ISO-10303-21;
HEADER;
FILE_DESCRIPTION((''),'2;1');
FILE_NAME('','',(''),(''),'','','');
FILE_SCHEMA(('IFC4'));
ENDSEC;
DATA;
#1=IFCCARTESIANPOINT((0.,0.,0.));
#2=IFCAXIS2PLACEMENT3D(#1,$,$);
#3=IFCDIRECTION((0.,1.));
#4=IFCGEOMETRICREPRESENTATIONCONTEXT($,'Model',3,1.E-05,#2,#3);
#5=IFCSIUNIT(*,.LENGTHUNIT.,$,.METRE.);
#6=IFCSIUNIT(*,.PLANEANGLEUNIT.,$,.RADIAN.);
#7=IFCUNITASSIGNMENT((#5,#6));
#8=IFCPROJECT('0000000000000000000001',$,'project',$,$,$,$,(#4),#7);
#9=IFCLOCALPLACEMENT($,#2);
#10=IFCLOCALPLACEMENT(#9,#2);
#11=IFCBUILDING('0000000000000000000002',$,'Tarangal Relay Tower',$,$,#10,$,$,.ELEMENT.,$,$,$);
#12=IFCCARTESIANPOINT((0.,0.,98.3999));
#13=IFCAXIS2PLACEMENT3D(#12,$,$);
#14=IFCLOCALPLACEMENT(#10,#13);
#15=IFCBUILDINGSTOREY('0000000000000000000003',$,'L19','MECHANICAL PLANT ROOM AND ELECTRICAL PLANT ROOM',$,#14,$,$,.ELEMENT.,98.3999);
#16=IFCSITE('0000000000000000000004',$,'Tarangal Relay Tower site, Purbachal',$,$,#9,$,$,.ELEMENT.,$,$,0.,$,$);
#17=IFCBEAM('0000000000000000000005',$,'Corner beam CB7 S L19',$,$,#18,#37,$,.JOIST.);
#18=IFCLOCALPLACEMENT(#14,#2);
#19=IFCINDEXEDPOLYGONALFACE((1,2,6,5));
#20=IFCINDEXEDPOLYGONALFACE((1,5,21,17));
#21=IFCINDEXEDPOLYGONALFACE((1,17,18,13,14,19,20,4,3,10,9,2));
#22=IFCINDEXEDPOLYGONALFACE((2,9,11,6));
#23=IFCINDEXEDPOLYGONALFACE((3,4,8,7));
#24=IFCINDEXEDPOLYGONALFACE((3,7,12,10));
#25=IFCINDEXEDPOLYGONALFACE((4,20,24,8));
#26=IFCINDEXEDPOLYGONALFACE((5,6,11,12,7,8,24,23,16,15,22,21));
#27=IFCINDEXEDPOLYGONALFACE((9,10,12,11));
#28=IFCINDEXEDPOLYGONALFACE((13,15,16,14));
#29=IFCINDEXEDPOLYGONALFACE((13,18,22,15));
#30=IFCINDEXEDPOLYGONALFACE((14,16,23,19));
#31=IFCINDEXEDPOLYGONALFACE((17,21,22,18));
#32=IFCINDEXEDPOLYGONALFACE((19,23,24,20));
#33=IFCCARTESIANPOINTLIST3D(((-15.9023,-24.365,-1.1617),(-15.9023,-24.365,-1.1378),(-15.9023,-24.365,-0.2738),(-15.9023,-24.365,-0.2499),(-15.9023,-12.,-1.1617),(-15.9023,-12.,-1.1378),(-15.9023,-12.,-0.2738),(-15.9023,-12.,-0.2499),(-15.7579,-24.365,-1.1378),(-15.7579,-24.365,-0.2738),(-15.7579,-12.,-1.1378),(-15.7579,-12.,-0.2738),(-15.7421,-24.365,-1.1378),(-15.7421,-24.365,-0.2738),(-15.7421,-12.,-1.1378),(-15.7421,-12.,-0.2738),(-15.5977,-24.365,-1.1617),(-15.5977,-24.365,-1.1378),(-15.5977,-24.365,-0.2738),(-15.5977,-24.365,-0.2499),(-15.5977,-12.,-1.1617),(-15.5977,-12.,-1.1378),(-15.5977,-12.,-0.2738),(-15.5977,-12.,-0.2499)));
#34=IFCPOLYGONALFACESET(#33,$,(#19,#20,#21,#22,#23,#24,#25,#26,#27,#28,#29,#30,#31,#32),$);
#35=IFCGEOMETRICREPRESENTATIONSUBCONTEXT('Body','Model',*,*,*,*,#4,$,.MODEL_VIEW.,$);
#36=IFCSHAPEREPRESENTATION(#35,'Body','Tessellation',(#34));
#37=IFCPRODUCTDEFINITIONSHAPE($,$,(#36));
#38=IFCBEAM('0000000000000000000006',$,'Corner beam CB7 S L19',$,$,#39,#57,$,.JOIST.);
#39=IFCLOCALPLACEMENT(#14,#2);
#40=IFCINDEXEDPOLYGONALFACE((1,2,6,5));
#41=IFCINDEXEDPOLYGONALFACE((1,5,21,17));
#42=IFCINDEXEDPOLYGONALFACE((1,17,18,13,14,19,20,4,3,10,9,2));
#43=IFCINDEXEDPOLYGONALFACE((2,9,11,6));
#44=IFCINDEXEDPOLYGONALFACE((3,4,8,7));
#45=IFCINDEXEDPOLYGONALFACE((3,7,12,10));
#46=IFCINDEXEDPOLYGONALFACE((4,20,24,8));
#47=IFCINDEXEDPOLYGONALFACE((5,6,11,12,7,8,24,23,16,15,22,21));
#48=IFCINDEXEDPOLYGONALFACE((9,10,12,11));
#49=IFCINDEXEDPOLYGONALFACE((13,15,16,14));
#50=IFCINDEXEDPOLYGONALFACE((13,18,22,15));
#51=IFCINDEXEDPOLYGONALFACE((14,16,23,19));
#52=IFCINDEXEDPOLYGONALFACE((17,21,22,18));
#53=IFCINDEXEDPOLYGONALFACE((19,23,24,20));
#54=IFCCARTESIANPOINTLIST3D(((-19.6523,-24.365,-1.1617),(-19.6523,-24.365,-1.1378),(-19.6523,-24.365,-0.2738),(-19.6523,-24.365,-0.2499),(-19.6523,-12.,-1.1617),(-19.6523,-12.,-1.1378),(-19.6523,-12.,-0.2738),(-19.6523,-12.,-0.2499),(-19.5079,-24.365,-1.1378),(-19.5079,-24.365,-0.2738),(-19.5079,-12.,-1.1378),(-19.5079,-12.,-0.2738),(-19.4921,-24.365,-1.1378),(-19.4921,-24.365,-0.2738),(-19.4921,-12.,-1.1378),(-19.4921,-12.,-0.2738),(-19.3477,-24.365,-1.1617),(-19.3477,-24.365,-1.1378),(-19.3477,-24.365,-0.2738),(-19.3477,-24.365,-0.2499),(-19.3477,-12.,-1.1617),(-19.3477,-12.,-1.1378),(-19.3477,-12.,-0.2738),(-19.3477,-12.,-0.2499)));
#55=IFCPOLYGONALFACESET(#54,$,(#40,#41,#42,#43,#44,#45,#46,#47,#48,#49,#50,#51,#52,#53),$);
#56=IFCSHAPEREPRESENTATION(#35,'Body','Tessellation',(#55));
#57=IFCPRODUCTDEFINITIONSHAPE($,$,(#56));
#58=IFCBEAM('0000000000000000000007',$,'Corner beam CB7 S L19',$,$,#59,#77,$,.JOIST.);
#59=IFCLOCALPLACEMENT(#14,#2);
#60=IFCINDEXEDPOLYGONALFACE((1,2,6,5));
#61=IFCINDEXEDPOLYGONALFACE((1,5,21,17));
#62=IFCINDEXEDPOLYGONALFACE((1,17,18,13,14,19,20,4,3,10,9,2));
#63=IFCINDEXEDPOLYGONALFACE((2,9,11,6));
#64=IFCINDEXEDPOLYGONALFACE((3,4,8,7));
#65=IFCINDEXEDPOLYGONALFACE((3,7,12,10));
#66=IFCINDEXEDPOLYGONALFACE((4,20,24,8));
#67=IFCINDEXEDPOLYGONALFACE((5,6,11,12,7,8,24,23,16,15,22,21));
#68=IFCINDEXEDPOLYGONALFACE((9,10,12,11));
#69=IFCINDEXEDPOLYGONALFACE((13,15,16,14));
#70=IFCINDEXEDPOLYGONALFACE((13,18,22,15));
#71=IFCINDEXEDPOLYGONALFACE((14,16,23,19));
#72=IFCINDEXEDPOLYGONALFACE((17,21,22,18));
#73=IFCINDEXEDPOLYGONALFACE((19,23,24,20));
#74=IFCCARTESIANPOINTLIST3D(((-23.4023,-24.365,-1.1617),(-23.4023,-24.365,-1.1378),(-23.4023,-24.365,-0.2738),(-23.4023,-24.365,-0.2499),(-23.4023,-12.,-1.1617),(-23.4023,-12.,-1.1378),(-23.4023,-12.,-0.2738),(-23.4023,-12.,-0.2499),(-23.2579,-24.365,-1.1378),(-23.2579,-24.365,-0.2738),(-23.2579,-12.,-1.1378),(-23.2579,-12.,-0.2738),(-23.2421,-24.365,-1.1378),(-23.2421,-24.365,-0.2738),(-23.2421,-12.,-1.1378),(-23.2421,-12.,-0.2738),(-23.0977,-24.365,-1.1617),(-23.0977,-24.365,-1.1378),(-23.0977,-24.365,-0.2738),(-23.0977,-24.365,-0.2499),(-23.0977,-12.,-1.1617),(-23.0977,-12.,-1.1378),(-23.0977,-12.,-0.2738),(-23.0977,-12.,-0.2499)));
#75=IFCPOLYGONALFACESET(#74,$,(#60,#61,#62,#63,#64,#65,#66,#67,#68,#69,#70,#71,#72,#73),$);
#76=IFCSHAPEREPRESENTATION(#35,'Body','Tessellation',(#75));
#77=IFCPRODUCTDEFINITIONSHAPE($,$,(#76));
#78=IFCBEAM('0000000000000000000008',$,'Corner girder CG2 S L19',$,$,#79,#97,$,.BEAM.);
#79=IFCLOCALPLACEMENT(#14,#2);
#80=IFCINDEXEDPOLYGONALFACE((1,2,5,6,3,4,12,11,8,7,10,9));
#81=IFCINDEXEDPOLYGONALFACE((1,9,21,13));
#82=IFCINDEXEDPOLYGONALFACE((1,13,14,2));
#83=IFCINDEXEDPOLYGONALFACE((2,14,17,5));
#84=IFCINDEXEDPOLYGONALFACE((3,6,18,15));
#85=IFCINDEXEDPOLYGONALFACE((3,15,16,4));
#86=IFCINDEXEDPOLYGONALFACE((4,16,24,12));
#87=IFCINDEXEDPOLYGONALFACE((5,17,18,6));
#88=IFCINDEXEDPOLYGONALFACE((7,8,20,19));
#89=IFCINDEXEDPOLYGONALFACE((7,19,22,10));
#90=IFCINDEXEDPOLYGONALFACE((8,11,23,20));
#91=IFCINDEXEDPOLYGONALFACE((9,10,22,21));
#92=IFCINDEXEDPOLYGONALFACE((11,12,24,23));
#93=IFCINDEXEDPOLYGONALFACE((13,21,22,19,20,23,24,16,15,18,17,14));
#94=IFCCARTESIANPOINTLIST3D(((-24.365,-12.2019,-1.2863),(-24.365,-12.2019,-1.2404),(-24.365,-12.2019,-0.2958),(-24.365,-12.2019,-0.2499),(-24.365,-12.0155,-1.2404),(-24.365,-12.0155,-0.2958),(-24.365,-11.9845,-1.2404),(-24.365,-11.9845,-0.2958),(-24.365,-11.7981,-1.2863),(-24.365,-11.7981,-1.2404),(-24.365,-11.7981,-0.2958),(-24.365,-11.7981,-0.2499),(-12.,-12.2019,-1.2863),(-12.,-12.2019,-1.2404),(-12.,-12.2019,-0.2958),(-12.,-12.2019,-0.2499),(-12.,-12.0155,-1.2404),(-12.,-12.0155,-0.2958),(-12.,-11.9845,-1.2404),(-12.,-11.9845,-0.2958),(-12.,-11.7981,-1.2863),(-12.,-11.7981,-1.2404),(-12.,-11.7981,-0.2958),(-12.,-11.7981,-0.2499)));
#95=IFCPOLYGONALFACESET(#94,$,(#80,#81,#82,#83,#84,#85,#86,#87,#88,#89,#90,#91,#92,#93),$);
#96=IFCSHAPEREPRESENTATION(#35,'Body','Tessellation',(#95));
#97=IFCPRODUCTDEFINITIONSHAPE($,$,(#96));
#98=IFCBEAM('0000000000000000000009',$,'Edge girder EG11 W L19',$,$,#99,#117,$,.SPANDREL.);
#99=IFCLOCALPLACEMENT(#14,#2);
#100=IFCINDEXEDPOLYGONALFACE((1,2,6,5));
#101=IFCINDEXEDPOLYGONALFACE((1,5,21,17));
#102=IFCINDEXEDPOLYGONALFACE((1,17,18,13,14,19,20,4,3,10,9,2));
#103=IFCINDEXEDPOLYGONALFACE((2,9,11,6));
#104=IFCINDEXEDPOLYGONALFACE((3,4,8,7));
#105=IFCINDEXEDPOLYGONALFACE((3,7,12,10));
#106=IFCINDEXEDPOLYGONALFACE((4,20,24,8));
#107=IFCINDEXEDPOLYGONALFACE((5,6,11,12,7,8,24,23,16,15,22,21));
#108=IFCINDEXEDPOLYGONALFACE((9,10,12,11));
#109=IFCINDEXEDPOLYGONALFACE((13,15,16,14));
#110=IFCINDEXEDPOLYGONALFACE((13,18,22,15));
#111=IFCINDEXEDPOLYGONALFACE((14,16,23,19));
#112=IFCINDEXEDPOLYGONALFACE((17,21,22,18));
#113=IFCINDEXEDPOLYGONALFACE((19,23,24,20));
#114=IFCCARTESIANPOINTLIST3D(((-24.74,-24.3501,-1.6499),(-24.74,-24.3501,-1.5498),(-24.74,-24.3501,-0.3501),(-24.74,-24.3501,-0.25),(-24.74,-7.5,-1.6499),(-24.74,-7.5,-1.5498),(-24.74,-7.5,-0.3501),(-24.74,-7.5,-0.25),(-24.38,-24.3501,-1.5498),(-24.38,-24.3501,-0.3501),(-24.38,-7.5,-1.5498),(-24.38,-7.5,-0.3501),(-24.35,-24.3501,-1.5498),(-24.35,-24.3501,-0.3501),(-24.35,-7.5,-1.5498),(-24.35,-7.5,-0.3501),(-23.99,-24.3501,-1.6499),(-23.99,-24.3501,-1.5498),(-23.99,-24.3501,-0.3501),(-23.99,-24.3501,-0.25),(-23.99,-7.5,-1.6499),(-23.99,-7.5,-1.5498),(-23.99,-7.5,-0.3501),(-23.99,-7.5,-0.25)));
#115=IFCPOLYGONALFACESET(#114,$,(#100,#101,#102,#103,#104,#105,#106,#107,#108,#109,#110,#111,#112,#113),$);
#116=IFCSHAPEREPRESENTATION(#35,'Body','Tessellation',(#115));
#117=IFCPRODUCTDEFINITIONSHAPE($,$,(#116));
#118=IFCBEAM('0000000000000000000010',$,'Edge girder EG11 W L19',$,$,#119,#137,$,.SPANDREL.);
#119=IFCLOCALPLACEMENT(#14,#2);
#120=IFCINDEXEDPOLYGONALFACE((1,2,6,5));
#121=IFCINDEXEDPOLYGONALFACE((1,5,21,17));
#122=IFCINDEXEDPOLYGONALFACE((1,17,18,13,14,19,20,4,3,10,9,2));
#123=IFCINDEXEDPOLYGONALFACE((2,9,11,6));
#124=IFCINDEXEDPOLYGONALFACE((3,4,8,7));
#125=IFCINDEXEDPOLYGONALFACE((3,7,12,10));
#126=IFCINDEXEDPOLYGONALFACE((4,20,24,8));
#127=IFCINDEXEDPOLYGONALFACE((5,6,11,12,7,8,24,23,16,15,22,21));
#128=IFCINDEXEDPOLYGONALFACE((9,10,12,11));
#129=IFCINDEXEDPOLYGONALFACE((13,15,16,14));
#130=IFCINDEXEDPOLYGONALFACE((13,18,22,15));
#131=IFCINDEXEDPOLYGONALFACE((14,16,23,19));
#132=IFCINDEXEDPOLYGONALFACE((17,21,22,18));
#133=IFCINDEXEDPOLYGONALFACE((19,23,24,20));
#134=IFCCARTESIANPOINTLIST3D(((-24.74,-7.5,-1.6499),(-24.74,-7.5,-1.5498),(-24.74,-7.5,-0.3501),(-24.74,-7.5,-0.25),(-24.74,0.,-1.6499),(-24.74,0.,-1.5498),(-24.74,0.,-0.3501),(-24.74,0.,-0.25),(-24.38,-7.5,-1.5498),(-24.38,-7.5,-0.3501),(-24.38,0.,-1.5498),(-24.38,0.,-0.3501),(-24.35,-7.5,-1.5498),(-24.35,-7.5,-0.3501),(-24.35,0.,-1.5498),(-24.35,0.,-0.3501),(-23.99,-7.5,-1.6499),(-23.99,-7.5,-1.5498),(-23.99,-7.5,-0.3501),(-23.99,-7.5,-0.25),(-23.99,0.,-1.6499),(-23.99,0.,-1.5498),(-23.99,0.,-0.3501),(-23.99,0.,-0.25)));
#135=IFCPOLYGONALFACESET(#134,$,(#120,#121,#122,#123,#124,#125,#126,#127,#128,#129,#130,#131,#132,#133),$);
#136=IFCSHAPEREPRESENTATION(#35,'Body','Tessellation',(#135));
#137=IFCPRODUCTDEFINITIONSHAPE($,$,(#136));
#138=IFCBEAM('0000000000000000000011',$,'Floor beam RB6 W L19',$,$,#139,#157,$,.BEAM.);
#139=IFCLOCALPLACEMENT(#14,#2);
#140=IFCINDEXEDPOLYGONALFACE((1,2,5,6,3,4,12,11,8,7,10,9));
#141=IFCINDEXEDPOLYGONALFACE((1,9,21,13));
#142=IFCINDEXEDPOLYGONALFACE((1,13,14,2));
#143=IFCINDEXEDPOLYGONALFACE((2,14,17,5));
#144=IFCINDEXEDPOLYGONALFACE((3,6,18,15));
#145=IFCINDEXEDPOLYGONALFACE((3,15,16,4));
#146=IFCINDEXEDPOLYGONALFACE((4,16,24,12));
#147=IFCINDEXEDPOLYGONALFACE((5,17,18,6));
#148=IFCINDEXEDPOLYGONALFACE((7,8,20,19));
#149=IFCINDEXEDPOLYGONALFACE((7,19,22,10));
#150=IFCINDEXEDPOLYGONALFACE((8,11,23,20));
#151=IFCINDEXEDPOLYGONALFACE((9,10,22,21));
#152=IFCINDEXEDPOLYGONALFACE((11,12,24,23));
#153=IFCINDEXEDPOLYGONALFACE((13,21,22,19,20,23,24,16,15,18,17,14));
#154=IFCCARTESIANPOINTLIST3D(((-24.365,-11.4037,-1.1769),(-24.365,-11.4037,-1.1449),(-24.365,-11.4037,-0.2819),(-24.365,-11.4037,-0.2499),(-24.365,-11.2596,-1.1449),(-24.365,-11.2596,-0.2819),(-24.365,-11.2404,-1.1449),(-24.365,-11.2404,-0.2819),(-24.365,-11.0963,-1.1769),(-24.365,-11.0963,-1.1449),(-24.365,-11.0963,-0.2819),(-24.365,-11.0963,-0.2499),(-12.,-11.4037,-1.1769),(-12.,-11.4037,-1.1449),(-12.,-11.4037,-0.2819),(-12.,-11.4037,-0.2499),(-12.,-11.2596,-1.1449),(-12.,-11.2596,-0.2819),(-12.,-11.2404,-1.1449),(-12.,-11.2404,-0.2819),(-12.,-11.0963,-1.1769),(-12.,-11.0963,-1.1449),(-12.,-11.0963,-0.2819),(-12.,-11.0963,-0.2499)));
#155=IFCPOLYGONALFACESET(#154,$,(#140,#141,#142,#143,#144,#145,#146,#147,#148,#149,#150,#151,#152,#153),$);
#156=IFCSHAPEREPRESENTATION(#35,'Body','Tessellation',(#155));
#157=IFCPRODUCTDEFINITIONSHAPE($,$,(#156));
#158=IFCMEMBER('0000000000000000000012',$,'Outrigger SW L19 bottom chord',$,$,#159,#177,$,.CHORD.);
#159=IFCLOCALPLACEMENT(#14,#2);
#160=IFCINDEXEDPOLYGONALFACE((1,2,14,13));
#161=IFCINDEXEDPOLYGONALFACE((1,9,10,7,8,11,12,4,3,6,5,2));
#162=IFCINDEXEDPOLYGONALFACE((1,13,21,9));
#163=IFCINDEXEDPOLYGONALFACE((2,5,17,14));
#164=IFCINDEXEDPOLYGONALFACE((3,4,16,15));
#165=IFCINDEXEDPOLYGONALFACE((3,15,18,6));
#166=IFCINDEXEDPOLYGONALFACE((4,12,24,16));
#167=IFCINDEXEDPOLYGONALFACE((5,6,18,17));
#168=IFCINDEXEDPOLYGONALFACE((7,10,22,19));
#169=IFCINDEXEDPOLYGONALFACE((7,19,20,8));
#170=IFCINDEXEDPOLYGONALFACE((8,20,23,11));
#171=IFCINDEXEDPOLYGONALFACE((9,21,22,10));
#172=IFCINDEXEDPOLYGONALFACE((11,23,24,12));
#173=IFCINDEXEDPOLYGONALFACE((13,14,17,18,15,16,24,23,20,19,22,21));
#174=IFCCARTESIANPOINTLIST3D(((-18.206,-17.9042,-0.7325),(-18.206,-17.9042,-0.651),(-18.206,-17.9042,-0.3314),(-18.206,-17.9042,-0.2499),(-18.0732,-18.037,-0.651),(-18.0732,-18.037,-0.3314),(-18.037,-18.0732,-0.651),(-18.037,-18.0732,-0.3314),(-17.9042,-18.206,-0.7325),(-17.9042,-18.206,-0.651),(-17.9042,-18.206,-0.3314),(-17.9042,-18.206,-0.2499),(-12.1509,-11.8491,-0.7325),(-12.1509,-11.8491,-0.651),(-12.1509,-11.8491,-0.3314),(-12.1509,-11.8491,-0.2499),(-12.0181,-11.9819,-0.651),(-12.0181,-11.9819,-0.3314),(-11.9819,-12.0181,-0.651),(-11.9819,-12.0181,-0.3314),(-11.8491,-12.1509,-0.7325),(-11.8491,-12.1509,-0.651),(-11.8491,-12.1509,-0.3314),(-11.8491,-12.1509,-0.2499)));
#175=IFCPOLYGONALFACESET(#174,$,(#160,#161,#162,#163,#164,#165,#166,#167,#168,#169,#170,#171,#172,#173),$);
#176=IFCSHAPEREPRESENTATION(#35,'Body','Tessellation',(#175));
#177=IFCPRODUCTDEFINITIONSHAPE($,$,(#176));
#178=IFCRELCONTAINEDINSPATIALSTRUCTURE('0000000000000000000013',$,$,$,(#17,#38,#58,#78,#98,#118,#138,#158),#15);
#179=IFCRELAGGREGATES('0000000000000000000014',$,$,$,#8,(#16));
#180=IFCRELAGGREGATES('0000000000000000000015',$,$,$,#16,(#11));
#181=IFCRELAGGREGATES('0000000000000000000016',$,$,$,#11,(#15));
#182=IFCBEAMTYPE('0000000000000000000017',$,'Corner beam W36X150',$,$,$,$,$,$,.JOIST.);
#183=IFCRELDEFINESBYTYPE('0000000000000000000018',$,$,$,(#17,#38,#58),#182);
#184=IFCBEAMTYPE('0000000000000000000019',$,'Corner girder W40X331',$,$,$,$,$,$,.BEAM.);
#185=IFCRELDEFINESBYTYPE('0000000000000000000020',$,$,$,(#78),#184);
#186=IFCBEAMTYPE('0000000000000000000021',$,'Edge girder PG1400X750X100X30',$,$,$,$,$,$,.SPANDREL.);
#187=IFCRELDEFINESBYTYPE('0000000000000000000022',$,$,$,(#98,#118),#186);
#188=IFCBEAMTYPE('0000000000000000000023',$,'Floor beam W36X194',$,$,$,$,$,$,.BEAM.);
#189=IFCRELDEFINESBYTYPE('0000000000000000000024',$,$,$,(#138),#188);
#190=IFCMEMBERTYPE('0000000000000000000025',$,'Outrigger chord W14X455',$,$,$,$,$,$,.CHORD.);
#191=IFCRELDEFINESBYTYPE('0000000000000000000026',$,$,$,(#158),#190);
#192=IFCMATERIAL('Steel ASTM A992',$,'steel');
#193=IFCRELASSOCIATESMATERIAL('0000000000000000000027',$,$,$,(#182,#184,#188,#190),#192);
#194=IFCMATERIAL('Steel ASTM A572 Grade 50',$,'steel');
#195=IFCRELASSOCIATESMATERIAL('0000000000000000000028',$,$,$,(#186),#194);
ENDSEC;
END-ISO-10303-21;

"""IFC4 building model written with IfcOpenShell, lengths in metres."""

from ifc_helpers import new_model, si_unit, direction, frame, origin, origin_2d, place, context, subcontext, project, spatial, i_section, extrude, material, material_profile, profile_set, type_object, element, save


model = new_model("IFC4")

# Units and contexts
model_context = context("Model", 3, precision=1e-05, world=origin(), true_north=direction((0.0, 1.0)))
body_context = subcontext(model_context, "Body", "Model", "MODEL_VIEW")
ifc_project = project(units=[si_unit("LENGTHUNIT", "METRE"), si_unit("PLANEANGLEUNIT", "RADIAN")], contexts=[model_context])

# Site, building, storey
site_placement = place(None, origin())
site = spatial("IfcSite", under=ifc_project, at=site_placement, Name="Tarangal Relay Tower site, Purbachal", CompositionType="ELEMENT", RefElevation=0.0)
building_placement = place(site_placement, origin())
building = spatial("IfcBuilding", under=site, at=building_placement, Name="Tarangal Relay Tower", CompositionType="ELEMENT")
storey_placement = place(building_placement, frame((0.0, 0.0, 98.3999)))
storey = spatial("IfcBuildingStorey", under=building, at=storey_placement, Name="L19", Description="MECHANICAL PLANT ROOM AND ELECTRICAL PLANT ROOM", CompositionType="ELEMENT", Elevation=98.3999)

# Beams
ifc_material_1 = material(Name="Steel ASTM A992", Category="steel")
ifc_material_profile_1 = material_profile(ifc_material_1, i_section(OverallWidth=0.3047, OverallDepth=0.9119, WebThickness=0.0159, FlangeThickness=0.0239, at=origin_2d()), Name="W36X150")
ifc_profile_set_1 = profile_set([ifc_material_profile_1], Name="Steel ASTM A992")
beam_type_1 = type_object("IfcBeamType", Name="Corner beam W36X150", PredefinedType="JOIST", material=ifc_profile_set_1)
for number, where, z_axis, x_axis, name in (
    (1, (-15.75, -12.0, -0.7058), (0.0, -1.0, 0.0), (1.0, 0.0, 0.0), "Corner beam CB7 S L19"),
    (2, (-19.5, -12.0, -0.7058), (0.0, -1.0, 0.0), (1.0, 0.0, 0.0), "Corner beam CB7 S L19"),
    (3, (-23.25, -12.0, -0.7058), (0.0, -1.0, 0.0), (1.0, 0.0, 0.0), "Corner beam CB7 S L19"),
):
    element("IfcBeam", number, at=place(storey_placement, frame(where, z_axis=z_axis, x_axis=x_axis)), inside=storey, type_object=beam_type_1, Name=name, PredefinedType="JOIST", context=body_context, shape_type="SweptSolid", body=[
        extrude(i_section(OverallWidth=0.3047, OverallDepth=0.9119, WebThickness=0.0159, FlangeThickness=0.0239, at=origin_2d()), origin(), (0.0, 0.0, 1.0), 12.365),
    ])
ifc_material_profile_2 = material_profile(ifc_material_1, i_section(OverallWidth=0.4038, OverallDepth=1.0364, WebThickness=0.031, FlangeThickness=0.0459, at=origin_2d()), Name="W40X331")
ifc_profile_set_2 = profile_set([ifc_material_profile_2], Name="Steel ASTM A992")
beam_type_2 = type_object("IfcBeamType", Name="Corner girder W40X331", PredefinedType="BEAM", material=ifc_profile_set_2)
beam_1_placement = place(storey_placement, frame((-12.0, -12.0, -0.7681), z_axis=(-1.0, 0.0, 0.0), x_axis=(0.0, -1.0, 0.0)))
element("IfcBeam", 4, at=beam_1_placement, inside=storey, type_object=beam_type_2, Name="Corner girder CG2 S L19", PredefinedType="BEAM", context=body_context, shape_type="SweptSolid", body=[
    extrude(i_section(OverallWidth=0.4038, OverallDepth=1.0364, WebThickness=0.031, FlangeThickness=0.0459, at=origin_2d()), origin(), (0.0, 0.0, 1.0), 12.365),
])
ifc_material_2 = material(Name="Steel ASTM A572 Grade 50", Category="steel")
ifc_material_profile_3 = material_profile(ifc_material_2, i_section(OverallWidth=0.75, OverallDepth=1.3999, WebThickness=0.03, FlangeThickness=0.1001, at=origin_2d()), Name="PG1400X750X100X30")
ifc_profile_set_3 = profile_set([ifc_material_profile_3], Name="Steel ASTM A572 Grade 50")
beam_type_3 = type_object("IfcBeamType", Name="Edge girder PG1400X750X100X30", PredefinedType="SPANDREL", material=ifc_profile_set_3)
beam_2_placement = place(storey_placement, frame((-24.365, -24.3501, -0.95), z_axis=(0.0, 1.0, 0.0), x_axis=(-1.0, 0.0, 0.0)))
element("IfcBeam", 5, at=beam_2_placement, inside=storey, type_object=beam_type_3, Name="Edge girder EG11 W L19", PredefinedType="SPANDREL", context=body_context, shape_type="SweptSolid", body=[
    extrude(i_section(OverallWidth=0.75, OverallDepth=1.3999, WebThickness=0.03, FlangeThickness=0.1001, at=origin_2d()), origin(), (0.0, 0.0, 1.0), 16.8501),
])
beam_3_placement = place(storey_placement, frame((-24.365, -7.5, -0.95), z_axis=(0.0, 1.0, 0.0), x_axis=(-1.0, 0.0, 0.0)))
element("IfcBeam", 6, at=beam_3_placement, inside=storey, type_object=beam_type_3, Name="Edge girder EG11 W L19", PredefinedType="SPANDREL", context=body_context, shape_type="SweptSolid", body=[
    extrude(i_section(OverallWidth=0.75, OverallDepth=1.3999, WebThickness=0.03, FlangeThickness=0.1001, at=origin_2d()), origin(), (0.0, 0.0, 1.0), 7.5),
])
ifc_material_profile_4 = material_profile(ifc_material_1, i_section(OverallWidth=0.3074, OverallDepth=0.927, WebThickness=0.0193, FlangeThickness=0.032, at=origin_2d()), Name="W36X194")
ifc_profile_set_4 = profile_set([ifc_material_profile_4], Name="Steel ASTM A992")
beam_type_4 = type_object("IfcBeamType", Name="Floor beam W36X194", PredefinedType="BEAM", material=ifc_profile_set_4)
beam_4_placement = place(storey_placement, frame((-12.0, -11.25, -0.7134), z_axis=(-1.0, 0.0, 0.0), x_axis=(0.0, -1.0, 0.0)))
element("IfcBeam", 7, at=beam_4_placement, inside=storey, type_object=beam_type_4, Name="Floor beam RB6 W L19", PredefinedType="BEAM", context=body_context, shape_type="SweptSolid", body=[
    extrude(i_section(OverallWidth=0.3074, OverallDepth=0.927, WebThickness=0.0193, FlangeThickness=0.032, at=origin_2d()), origin(), (0.0, 0.0, 1.0), 12.365),
])

# Member
ifc_material_profile_5 = material_profile(ifc_material_1, i_section(OverallWidth=0.4268, OverallDepth=0.4827, WebThickness=0.0513, FlangeThickness=0.0815, at=origin_2d()), Name="W14X455")
ifc_profile_set_5 = profile_set([ifc_material_profile_5], Name="Steel ASTM A992")
member_type_1 = type_object("IfcMemberType", Name="Outrigger chord W14X455", PredefinedType="CHORD", material=ifc_profile_set_5)
member_1_placement = place(storey_placement, frame((-12.0, -12.0, -0.4912), z_axis=(-0.707107, -0.707107, 0.0), x_axis=(0.707107, -0.707107, 0.0)))
element("IfcMember", 8, at=member_1_placement, inside=storey, type_object=member_type_1, Name="Outrigger SW L19 bottom chord", PredefinedType="CHORD", context=body_context, shape_type="SweptSolid", body=[
    extrude(i_section(OverallWidth=0.4268, OverallDepth=0.4827, WebThickness=0.0513, FlangeThickness=0.0815, at=origin_2d()), origin(), (0.0, 0.0, 1.0), 8.5632),
])

save(model, "model.ifc")
